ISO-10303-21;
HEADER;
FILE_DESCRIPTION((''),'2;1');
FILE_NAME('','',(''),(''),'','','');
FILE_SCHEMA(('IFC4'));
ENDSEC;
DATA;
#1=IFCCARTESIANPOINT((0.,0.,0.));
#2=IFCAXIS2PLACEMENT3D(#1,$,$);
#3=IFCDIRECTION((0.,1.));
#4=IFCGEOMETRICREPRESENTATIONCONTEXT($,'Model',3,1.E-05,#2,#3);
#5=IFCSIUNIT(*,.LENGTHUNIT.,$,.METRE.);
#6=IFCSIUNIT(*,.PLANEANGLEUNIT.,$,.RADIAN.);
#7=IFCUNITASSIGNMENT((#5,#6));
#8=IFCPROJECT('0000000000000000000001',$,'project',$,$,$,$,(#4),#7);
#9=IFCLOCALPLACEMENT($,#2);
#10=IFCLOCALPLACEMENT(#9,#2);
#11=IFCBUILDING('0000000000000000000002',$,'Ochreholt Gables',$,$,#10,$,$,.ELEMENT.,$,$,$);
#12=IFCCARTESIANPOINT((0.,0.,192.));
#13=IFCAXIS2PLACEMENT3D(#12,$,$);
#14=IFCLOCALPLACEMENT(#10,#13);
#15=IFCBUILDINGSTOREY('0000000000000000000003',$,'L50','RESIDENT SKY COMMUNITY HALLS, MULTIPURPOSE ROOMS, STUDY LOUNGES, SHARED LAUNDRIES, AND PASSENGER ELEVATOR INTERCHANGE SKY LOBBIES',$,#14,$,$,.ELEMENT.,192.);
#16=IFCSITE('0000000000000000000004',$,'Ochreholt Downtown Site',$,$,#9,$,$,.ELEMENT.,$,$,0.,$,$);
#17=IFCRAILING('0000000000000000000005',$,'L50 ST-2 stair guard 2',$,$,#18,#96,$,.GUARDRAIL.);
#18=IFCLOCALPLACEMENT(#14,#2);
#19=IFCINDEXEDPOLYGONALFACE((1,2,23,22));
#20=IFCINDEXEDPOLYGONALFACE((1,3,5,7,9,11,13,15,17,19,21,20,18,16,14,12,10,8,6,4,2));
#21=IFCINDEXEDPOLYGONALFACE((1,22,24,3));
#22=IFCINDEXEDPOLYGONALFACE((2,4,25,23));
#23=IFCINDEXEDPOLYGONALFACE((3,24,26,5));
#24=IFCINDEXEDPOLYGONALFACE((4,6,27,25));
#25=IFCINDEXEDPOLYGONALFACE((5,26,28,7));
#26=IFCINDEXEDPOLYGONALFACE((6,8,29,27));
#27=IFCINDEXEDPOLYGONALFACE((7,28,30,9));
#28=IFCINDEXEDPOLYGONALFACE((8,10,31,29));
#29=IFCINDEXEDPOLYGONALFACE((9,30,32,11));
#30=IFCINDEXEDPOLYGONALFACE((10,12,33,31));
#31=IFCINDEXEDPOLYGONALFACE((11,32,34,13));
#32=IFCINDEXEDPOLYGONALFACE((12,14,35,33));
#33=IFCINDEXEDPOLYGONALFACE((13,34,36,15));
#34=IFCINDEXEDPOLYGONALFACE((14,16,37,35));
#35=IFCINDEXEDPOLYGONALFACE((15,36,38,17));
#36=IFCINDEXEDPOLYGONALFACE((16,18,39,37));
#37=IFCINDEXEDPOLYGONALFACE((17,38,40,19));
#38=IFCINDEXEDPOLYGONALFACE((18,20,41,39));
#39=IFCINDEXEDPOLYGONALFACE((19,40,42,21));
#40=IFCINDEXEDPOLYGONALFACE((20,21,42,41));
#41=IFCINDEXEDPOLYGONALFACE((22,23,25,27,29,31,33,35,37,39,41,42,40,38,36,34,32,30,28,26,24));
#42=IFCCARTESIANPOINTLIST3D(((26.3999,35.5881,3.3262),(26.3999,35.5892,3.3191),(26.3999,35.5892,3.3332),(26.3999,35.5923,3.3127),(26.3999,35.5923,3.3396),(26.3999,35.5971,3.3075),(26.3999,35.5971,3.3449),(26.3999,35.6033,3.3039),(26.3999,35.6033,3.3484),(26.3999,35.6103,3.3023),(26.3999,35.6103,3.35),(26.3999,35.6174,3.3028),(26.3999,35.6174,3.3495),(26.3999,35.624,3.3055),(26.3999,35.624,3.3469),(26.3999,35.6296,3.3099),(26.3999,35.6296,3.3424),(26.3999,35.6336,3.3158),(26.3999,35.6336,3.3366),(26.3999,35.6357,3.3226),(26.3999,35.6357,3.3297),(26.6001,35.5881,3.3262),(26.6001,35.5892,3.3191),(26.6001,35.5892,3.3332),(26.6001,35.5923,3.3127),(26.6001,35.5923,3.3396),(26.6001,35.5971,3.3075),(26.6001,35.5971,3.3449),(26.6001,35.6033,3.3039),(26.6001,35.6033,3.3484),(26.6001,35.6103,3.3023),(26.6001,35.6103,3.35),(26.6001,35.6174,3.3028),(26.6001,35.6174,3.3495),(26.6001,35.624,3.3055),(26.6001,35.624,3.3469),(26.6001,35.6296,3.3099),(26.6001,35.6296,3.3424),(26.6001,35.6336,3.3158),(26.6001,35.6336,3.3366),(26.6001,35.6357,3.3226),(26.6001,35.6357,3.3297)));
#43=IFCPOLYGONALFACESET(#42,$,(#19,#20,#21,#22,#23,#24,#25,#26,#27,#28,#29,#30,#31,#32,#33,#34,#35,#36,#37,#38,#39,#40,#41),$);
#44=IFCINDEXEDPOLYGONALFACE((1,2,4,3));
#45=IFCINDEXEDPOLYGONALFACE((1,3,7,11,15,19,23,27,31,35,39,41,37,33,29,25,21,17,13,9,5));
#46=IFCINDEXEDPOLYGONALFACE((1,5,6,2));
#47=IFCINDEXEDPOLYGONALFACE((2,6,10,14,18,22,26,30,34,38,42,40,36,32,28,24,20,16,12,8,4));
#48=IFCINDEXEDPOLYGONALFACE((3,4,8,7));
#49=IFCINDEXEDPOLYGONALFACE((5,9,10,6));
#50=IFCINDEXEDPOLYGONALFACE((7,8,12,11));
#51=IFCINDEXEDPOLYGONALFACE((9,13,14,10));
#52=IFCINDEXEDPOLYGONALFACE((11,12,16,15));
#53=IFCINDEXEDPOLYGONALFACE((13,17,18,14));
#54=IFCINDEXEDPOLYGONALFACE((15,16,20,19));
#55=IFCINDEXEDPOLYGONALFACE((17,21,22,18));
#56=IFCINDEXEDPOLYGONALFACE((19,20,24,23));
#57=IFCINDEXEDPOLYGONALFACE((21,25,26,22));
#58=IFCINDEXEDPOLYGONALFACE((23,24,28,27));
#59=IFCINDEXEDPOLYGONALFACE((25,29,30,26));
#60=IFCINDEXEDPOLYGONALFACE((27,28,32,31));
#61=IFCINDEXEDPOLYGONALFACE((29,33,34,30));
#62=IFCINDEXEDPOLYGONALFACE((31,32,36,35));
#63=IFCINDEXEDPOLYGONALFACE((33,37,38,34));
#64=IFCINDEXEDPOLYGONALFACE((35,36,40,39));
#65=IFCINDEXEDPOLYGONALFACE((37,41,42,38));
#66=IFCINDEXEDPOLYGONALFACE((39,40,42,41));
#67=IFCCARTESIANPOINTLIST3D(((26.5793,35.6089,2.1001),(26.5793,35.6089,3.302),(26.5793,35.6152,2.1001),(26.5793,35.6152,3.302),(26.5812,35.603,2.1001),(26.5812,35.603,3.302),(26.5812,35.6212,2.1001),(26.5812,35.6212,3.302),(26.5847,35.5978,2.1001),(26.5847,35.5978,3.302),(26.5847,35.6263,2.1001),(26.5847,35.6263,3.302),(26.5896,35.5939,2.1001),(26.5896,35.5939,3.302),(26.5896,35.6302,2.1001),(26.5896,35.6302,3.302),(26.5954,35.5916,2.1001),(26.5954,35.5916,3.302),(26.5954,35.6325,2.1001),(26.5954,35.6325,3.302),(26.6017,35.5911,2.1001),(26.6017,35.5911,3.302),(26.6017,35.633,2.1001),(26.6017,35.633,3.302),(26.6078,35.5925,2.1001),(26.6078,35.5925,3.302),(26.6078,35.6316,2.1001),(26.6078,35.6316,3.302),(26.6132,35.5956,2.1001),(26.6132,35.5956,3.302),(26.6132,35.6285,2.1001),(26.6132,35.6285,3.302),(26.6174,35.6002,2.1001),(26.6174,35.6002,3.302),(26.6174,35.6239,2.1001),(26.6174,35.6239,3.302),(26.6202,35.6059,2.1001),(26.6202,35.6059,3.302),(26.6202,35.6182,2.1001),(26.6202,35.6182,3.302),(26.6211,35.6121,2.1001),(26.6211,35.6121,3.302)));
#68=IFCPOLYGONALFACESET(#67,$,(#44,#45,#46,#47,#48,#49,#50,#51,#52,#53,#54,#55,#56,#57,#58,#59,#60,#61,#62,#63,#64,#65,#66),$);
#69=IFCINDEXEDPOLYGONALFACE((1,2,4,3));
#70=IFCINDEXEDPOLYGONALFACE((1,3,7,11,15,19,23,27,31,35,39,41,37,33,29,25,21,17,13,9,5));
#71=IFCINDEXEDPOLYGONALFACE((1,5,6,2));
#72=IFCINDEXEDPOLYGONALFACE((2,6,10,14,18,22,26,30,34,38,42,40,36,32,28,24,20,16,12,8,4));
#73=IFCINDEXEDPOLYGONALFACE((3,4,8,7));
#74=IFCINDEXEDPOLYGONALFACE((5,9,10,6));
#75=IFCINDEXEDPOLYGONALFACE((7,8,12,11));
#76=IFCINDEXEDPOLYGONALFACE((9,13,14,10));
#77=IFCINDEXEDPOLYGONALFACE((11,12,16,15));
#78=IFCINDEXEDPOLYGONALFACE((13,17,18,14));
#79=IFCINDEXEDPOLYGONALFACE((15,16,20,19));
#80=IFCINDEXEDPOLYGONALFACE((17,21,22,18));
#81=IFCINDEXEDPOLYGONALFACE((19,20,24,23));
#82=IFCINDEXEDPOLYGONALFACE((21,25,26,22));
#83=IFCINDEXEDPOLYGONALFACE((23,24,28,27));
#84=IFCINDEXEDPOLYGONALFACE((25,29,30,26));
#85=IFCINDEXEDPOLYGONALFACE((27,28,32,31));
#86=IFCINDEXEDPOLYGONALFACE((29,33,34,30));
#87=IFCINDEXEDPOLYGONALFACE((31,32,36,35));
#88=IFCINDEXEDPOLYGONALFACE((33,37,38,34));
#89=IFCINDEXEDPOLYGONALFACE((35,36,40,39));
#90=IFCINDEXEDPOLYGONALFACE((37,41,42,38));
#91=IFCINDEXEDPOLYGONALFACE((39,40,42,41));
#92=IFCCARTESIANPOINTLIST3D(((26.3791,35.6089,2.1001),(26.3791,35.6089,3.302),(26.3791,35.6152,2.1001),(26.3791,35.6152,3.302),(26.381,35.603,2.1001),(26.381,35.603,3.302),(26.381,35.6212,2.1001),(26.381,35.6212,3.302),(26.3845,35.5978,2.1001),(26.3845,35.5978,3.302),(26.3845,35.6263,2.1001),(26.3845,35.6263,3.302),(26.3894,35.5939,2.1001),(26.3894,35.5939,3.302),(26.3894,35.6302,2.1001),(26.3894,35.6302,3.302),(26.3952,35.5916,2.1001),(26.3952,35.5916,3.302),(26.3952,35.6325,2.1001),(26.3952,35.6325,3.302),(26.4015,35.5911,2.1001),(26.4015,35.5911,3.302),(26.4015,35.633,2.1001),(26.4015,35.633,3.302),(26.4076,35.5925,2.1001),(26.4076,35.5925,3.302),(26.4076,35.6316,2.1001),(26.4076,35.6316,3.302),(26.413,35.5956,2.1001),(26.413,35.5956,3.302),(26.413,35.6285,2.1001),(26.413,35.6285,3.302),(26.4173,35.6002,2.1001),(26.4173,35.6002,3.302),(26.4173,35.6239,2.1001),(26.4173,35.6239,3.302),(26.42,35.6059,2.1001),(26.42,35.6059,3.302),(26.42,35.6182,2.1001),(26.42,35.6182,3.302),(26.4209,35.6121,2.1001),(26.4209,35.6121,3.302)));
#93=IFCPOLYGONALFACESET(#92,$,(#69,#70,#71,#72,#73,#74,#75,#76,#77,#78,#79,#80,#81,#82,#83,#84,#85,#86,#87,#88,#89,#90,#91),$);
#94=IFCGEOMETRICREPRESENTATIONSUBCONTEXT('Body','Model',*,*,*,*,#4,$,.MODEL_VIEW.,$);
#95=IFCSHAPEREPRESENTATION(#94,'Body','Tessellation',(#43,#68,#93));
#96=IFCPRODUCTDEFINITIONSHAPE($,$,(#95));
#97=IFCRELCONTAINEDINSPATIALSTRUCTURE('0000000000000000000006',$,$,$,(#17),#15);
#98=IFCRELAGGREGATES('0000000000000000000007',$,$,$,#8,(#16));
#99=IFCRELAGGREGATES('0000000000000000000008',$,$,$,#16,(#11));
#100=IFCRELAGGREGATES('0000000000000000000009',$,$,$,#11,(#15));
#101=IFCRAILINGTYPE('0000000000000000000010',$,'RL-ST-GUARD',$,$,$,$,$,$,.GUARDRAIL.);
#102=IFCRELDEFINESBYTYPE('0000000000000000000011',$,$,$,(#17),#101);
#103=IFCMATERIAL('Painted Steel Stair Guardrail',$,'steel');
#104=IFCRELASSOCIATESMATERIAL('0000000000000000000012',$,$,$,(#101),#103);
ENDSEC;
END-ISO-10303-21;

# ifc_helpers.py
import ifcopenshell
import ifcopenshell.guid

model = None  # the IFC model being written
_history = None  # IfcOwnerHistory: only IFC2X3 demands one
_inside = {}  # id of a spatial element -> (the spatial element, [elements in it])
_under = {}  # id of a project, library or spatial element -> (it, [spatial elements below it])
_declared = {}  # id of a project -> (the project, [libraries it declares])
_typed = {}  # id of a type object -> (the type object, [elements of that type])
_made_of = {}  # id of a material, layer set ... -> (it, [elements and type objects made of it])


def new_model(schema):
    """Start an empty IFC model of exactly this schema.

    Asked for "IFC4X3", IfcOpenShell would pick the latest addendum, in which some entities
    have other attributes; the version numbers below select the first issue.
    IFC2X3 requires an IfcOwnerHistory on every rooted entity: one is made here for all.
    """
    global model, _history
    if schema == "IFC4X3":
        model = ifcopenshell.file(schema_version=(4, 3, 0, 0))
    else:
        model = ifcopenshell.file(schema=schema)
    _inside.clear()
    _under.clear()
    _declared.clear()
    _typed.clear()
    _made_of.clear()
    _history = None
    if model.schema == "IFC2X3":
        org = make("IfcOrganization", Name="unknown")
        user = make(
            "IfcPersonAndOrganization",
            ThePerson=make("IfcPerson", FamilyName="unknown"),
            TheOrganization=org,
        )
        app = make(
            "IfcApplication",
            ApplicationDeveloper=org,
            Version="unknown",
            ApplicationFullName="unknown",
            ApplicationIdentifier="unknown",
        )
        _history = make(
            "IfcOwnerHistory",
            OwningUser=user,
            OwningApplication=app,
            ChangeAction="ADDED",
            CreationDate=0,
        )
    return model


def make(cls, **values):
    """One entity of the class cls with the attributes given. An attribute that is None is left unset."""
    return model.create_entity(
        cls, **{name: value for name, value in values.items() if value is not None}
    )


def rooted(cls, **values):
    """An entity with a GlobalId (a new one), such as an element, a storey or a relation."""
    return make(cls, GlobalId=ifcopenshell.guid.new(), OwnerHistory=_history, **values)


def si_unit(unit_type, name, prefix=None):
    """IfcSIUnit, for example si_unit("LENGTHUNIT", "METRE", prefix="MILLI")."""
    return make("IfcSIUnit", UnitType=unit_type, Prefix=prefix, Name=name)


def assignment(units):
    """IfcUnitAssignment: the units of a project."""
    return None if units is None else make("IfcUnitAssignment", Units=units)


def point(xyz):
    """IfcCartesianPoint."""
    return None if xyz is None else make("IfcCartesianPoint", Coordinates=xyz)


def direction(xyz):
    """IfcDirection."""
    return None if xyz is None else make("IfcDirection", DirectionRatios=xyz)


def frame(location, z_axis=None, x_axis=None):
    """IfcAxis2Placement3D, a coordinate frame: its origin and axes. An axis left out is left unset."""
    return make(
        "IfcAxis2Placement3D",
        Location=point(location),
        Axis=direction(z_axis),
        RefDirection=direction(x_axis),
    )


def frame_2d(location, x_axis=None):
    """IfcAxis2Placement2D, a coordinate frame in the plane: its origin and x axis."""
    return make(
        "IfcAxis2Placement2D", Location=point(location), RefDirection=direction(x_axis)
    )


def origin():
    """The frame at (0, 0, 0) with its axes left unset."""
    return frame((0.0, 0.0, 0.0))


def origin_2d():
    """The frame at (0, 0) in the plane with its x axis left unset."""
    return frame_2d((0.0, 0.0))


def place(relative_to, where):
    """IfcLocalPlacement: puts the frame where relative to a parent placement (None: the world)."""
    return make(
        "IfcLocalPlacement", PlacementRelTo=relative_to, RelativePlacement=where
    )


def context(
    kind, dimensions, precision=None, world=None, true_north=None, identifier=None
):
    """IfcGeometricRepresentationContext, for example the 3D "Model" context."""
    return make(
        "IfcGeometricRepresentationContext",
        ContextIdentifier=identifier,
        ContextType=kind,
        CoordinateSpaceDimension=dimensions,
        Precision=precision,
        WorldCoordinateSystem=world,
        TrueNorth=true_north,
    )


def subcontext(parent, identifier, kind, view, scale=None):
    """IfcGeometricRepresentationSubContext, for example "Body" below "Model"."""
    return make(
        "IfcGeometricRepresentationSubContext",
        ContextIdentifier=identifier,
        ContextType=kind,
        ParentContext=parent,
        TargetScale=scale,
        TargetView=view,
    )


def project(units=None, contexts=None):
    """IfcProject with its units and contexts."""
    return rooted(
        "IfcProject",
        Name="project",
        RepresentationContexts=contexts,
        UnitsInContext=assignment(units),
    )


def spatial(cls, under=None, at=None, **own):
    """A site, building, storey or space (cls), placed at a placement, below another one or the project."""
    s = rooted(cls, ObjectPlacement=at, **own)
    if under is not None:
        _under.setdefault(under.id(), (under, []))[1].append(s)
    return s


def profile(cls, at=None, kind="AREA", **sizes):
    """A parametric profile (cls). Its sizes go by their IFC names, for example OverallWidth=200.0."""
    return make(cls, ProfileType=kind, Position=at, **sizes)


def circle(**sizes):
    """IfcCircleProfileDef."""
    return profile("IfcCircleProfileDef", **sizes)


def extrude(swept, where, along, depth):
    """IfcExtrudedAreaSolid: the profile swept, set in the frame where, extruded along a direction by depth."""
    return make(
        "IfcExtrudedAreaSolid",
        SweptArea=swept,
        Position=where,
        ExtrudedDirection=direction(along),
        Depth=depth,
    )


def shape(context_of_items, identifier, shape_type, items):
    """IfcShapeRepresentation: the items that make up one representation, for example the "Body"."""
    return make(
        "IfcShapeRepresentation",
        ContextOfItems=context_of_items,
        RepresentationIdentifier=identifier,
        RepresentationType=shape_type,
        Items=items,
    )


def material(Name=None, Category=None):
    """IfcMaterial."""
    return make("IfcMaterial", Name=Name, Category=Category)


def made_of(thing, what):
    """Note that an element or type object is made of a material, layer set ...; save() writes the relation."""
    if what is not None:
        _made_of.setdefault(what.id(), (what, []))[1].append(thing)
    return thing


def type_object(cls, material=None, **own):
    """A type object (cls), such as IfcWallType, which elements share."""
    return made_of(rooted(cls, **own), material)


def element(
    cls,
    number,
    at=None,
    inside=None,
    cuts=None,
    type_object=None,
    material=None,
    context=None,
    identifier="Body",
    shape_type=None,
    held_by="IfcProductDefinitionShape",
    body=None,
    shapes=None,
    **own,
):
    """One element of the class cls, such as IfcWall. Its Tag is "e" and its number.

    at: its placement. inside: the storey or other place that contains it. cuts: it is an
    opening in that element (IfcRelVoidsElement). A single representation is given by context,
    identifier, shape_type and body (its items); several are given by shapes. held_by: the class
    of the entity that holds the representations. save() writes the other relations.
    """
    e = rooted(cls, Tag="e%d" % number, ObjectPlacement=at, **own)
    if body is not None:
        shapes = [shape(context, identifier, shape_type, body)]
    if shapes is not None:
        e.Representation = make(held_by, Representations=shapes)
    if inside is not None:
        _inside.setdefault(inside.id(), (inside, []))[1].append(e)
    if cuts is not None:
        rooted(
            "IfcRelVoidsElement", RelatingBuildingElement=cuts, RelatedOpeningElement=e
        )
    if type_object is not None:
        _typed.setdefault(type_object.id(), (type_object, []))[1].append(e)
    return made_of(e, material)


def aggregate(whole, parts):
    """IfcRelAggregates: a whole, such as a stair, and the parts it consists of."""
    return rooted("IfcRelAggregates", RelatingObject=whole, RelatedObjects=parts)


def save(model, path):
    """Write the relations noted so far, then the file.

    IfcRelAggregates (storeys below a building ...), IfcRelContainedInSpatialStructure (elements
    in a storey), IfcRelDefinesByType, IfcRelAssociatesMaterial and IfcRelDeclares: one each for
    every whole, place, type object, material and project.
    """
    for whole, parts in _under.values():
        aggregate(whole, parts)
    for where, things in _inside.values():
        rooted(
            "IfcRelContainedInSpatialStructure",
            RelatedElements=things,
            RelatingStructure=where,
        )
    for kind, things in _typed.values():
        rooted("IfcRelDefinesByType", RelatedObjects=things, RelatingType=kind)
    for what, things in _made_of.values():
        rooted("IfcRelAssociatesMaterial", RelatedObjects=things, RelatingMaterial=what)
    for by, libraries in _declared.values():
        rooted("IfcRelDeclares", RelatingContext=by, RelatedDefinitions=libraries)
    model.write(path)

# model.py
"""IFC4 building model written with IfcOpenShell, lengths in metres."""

from ifc_helpers import new_model, si_unit, direction, frame, origin, origin_2d, place, context, subcontext, project, spatial, circle, extrude, material, type_object, element, save


model = new_model("IFC4")

# Units and contexts
model_context = context("Model", 3, precision=1e-05, world=origin(), true_north=direction((0.0, 1.0)))
body_context = subcontext(model_context, "Body", "Model", "MODEL_VIEW")
ifc_project = project(units=[si_unit("LENGTHUNIT", "METRE"), si_unit("PLANEANGLEUNIT", "RADIAN")], contexts=[model_context])

# Site, building, storey
site_placement = place(None, origin())
site = spatial("IfcSite", under=ifc_project, at=site_placement, Name="Ochreholt Downtown Site", CompositionType="ELEMENT", RefElevation=0.0)
building_placement = place(site_placement, origin())
building = spatial("IfcBuilding", under=site, at=building_placement, Name="Ochreholt Gables", CompositionType="ELEMENT")
storey_placement = place(building_placement, frame((0.0, 0.0, 192.0)))
storey = spatial("IfcBuildingStorey", under=building, at=storey_placement, Name="L50", Description="RESIDENT SKY COMMUNITY HALLS, MULTIPURPOSE ROOMS, STUDY LOUNGES, SHARED LAUNDRIES, AND PASSENGER ELEVATOR INTERCHANGE SKY LOBBIES", CompositionType="ELEMENT", Elevation=192.0)

# Railing
ifc_material_1 = material(Name="Painted Steel Stair Guardrail", Category="steel")
railing_type = type_object("IfcRailingType", Name="RL-ST-GUARD", PredefinedType="GUARDRAIL", material=ifc_material_1)
railing_1_placement = place(storey_placement, frame((26.6001, 35.6121, 2.1001)))
element("IfcRailing", 1, at=railing_1_placement, inside=storey, type_object=railing_type, Name="L50 ST-2 stair guard 2", PredefinedType="GUARDRAIL", context=body_context, shape_type="SweptSolid", body=[
    extrude(circle(Radius=0.0239, at=origin_2d()), frame((0.0, 0.0, 1.2261), z_axis=(-1.0, 0.0, 0.0), x_axis=(0.0, -1.0, 0.0)), (0.0, 0.0, 1.0), 0.2002),
    extrude(circle(Radius=0.021, at=origin_2d()), origin(), (0.0, 0.0, 1.0), 1.2019),
    extrude(circle(Radius=0.021, at=origin_2d()), frame((-0.2002, 0.0, 0.0)), (0.0, 0.0, 1.0), 1.2019),
])

save(model, "model.ifc")
